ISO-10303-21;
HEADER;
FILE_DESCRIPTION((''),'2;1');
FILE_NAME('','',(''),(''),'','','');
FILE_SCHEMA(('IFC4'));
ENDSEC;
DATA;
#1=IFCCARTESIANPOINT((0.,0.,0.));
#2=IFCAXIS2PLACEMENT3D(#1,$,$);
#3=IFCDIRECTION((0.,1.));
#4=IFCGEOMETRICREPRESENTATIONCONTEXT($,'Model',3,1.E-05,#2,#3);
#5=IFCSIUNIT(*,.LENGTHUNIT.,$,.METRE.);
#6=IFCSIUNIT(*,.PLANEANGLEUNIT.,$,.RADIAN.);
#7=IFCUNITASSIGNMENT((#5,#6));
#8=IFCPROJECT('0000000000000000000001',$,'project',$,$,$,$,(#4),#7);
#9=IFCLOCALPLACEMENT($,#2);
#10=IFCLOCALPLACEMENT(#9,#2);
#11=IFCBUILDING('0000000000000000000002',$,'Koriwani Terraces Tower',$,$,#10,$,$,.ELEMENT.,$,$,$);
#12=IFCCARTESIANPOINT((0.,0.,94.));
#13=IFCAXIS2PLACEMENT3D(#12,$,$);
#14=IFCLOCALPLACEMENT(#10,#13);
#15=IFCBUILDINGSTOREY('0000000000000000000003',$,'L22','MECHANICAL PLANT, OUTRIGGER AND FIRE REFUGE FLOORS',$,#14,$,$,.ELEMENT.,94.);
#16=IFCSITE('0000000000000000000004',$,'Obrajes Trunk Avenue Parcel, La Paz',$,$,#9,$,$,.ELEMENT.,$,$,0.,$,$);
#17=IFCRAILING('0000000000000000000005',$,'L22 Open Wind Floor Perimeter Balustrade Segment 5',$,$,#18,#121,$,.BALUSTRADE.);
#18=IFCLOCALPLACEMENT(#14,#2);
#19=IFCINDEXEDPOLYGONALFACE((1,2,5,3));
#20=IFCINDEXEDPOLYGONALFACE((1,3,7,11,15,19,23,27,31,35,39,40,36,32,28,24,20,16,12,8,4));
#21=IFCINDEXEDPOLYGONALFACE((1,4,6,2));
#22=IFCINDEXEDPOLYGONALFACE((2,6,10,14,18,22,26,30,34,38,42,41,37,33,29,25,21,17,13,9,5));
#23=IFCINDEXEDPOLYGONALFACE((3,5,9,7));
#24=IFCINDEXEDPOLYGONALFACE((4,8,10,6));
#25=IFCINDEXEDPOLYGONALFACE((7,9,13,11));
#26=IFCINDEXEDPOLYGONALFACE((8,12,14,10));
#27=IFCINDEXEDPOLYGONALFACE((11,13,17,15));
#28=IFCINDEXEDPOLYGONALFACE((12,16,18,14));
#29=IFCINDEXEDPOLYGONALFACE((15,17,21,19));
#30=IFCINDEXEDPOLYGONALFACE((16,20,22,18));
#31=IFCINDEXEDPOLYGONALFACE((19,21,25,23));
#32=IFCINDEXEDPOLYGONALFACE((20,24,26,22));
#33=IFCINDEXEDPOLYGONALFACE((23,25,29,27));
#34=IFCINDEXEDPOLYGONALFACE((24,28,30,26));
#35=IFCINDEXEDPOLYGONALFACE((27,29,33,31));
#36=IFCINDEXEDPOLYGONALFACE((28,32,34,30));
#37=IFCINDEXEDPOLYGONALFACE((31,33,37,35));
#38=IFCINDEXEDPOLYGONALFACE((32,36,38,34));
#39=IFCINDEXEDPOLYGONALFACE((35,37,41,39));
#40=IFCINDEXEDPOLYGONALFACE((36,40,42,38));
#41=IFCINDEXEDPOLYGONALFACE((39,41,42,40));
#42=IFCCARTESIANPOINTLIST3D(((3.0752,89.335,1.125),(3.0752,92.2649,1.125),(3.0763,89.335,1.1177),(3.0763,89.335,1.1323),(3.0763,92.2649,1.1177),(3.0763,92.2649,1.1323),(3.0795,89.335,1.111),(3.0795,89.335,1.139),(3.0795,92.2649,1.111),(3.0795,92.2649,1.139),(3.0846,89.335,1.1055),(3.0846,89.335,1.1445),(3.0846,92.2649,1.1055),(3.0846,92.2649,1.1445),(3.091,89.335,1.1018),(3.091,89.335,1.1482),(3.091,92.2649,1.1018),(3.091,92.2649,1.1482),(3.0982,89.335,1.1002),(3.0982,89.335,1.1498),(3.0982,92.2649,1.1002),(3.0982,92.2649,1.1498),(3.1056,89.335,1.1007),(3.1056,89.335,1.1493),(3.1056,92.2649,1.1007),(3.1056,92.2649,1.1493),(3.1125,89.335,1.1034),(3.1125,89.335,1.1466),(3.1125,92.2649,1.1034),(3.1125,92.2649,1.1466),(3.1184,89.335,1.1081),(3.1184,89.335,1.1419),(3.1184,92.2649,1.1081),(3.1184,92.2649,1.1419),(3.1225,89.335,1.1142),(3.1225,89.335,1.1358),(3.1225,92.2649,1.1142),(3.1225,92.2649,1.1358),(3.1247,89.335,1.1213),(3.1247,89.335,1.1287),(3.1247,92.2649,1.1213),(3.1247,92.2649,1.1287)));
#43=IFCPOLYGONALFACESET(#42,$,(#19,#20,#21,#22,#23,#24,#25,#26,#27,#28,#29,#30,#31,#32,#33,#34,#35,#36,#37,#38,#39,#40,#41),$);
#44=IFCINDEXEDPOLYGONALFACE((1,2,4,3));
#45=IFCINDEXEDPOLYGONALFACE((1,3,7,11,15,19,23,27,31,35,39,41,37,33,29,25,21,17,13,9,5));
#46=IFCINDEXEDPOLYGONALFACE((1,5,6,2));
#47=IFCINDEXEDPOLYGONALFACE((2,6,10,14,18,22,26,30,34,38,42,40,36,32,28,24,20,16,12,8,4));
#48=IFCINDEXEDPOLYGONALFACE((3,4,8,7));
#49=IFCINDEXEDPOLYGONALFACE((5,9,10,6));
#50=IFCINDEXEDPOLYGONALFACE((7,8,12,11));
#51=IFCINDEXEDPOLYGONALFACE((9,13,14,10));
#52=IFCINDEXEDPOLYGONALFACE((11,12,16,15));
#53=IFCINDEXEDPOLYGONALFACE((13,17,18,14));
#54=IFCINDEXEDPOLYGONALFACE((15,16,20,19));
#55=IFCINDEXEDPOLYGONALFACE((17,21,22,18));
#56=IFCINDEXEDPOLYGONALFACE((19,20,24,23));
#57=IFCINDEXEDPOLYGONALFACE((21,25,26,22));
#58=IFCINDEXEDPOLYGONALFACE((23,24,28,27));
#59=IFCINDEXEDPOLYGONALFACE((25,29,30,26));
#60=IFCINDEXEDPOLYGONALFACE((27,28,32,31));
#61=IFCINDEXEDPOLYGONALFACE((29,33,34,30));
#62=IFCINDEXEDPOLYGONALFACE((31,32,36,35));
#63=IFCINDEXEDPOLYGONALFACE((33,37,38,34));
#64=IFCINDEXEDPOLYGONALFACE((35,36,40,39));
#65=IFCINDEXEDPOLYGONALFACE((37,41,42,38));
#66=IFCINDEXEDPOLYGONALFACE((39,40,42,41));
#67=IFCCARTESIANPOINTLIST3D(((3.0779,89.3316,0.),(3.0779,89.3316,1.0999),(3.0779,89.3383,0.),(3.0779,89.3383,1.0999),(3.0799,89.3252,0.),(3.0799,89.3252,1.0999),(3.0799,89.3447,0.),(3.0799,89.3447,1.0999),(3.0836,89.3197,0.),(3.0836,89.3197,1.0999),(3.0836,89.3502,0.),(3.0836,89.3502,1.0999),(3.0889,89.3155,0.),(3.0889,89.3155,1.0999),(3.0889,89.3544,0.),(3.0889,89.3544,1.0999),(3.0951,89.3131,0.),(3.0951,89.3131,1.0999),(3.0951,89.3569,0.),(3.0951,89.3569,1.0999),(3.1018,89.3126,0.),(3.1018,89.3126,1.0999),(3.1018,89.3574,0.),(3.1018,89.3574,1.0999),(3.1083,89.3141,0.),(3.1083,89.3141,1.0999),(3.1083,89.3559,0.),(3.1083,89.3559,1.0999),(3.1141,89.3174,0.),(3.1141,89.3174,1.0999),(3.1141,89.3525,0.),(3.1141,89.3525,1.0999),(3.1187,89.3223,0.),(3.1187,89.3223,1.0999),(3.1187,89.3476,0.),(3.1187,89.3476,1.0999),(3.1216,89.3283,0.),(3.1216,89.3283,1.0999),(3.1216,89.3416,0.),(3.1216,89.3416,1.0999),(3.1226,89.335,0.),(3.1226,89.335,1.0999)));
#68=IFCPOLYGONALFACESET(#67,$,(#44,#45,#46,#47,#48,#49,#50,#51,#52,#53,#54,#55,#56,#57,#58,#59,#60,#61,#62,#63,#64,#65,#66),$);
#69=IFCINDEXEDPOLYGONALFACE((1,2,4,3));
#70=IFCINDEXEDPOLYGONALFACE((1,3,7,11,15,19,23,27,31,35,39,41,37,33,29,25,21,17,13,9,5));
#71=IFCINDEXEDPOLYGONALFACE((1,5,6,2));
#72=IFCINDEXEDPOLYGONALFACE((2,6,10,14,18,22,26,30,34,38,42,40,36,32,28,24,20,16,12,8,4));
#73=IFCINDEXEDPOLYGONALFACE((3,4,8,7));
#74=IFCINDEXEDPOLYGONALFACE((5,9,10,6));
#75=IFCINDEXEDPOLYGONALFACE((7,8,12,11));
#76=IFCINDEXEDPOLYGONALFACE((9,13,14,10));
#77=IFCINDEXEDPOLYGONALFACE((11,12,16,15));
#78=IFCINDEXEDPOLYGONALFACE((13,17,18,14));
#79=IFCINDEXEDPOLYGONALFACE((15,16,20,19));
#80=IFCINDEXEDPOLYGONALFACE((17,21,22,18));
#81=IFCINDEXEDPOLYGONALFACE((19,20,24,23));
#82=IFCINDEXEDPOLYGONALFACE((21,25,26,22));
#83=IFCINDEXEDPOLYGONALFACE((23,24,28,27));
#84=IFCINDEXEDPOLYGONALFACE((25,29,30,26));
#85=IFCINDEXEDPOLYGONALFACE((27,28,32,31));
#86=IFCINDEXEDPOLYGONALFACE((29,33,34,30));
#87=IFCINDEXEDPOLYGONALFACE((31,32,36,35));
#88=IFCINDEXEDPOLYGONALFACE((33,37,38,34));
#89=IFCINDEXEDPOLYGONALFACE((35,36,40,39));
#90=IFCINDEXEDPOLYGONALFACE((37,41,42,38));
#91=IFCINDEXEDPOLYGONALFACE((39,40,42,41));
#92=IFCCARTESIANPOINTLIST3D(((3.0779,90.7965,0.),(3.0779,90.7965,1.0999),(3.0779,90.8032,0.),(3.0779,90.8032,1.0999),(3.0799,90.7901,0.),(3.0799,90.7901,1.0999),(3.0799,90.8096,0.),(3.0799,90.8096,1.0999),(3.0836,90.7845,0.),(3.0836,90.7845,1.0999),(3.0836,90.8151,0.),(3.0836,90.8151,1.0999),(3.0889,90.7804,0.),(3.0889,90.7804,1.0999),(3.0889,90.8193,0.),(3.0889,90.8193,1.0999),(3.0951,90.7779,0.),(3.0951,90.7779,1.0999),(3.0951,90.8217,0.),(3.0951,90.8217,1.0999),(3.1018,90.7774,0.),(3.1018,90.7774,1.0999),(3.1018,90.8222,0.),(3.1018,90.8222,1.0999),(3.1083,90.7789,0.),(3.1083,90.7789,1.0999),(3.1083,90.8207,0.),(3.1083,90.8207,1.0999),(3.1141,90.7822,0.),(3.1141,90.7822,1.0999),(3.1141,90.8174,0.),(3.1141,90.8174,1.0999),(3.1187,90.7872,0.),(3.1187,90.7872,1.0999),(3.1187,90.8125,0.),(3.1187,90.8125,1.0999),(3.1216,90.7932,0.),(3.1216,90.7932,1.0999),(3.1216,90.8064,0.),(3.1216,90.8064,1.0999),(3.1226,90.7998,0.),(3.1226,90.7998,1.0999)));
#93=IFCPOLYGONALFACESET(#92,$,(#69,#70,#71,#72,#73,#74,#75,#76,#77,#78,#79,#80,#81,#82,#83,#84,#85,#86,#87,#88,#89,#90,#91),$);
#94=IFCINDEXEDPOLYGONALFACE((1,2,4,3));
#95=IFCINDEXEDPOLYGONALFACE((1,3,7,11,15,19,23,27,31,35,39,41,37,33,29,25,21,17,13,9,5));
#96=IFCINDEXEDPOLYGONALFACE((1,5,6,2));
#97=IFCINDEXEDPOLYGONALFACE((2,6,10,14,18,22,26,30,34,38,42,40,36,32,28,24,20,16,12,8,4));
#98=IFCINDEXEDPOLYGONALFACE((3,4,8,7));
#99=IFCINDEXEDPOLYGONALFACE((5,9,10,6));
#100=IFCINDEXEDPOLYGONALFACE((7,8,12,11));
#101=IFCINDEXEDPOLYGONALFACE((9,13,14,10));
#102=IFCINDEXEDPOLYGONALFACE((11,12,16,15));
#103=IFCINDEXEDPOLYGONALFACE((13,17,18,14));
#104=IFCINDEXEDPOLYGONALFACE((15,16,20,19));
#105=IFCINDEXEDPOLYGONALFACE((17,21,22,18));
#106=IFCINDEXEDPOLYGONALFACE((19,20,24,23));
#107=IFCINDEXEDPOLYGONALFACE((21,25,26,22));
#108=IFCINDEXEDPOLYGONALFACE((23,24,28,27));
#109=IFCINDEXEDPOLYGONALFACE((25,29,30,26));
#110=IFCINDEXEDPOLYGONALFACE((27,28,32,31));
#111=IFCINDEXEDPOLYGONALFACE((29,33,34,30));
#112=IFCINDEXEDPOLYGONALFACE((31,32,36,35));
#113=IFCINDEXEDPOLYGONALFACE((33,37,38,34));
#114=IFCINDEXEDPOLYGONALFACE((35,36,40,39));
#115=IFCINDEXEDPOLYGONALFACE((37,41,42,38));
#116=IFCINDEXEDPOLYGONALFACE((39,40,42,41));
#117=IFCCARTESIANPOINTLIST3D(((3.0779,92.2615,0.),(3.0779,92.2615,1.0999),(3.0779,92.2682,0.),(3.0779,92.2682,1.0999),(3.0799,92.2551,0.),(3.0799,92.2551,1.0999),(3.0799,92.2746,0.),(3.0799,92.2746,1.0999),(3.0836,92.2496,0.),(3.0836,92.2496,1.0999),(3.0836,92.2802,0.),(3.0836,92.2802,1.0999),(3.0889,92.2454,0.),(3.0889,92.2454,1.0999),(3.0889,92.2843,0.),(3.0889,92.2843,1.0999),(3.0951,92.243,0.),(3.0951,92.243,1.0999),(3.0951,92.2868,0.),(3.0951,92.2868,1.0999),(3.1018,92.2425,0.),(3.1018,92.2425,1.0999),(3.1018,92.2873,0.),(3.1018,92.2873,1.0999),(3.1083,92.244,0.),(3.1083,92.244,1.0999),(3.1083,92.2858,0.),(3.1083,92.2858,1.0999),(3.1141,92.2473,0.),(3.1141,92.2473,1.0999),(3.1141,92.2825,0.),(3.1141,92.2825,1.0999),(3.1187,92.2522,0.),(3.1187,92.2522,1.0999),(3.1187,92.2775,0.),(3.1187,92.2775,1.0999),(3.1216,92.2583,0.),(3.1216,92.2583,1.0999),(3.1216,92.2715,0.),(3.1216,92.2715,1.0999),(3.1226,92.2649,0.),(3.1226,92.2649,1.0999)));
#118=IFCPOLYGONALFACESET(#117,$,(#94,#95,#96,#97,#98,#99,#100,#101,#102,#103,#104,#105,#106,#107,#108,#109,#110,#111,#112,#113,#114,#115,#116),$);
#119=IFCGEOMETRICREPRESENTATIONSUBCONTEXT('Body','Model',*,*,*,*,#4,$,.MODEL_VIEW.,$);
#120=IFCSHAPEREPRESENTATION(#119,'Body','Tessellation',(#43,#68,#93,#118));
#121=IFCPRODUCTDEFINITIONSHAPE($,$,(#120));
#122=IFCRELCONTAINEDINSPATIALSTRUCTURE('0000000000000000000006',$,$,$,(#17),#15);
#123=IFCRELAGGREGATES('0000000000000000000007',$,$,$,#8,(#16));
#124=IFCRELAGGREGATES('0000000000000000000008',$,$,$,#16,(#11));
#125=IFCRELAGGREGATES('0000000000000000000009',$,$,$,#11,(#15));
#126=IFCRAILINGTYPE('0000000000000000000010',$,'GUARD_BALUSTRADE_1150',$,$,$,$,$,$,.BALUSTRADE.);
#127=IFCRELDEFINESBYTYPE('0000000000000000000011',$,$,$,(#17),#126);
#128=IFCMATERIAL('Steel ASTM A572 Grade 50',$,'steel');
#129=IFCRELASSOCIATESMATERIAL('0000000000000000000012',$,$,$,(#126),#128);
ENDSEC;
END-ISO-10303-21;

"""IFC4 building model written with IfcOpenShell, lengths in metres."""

from ifc_helpers import new_model, si_unit, direction, frame, origin, origin_2d, place, context, subcontext, project, spatial, circle, extrude, material, type_object, element, save


model = new_model("IFC4")

# Units and contexts
model_context = context("Model", 3, precision=1e-05, world=origin(), true_north=direction((0.0, 1.0)))
body_context = subcontext(model_context, "Body", "Model", "MODEL_VIEW")
ifc_project = project(units=[si_unit("LENGTHUNIT", "METRE"), si_unit("PLANEANGLEUNIT", "RADIAN")], contexts=[model_context])

# Site, building, storey
site_placement = place(None, origin())
site = spatial("IfcSite", under=ifc_project, at=site_placement, Name="Obrajes Trunk Avenue Parcel, La Paz", CompositionType="ELEMENT", RefElevation=0.0)
building_placement = place(site_placement, origin())
building = spatial("IfcBuilding", under=site, at=building_placement, Name="Koriwani Terraces Tower", CompositionType="ELEMENT")
storey_placement = place(building_placement, frame((0.0, 0.0, 94.0)))
storey = spatial("IfcBuildingStorey", under=building, at=storey_placement, Name="L22", Description="MECHANICAL PLANT, OUTRIGGER AND FIRE REFUGE FLOORS", CompositionType="ELEMENT", Elevation=94.0)

# Shared definitions
ifc_material_1 = material(Name="Steel ASTM A572 Grade 50", Category="steel")

# Railing
railing_type = type_object("IfcRailingType", Name="GUARD_BALUSTRADE_1150", PredefinedType="BALUSTRADE", material=ifc_material_1)
railing_1_placement = place(storey_placement, frame((3.1001, 89.335, 0.0)))
element("IfcRailing", 1, at=railing_1_placement, inside=storey, type_object=railing_type, Name="L22 Open Wind Floor Perimeter Balustrade Segment 5", PredefinedType="BALUSTRADE", context=body_context, shape_type="SweptSolid", body=[
    extrude(circle(Radius=0.0249, at=origin_2d()), frame((0.0, 0.0, 1.125), z_axis=(0.0, 1.0, 0.0), x_axis=(-1.0, 0.0, 0.0)), (0.0, 0.0, 1.0), 2.9299),
    extrude(circle(Radius=0.0225, at=origin_2d()), origin(), (0.0, 0.0, 1.0), 1.0999),
    extrude(circle(Radius=0.0225, at=origin_2d()), frame((0.0, 1.4648, 0.0)), (0.0, 0.0, 1.0), 1.0999),
    extrude(circle(Radius=0.0225, at=origin_2d()), frame((0.0, 2.9299, 0.0)), (0.0, 0.0, 1.0), 1.0999),
])

save(model, "model.ifc")
